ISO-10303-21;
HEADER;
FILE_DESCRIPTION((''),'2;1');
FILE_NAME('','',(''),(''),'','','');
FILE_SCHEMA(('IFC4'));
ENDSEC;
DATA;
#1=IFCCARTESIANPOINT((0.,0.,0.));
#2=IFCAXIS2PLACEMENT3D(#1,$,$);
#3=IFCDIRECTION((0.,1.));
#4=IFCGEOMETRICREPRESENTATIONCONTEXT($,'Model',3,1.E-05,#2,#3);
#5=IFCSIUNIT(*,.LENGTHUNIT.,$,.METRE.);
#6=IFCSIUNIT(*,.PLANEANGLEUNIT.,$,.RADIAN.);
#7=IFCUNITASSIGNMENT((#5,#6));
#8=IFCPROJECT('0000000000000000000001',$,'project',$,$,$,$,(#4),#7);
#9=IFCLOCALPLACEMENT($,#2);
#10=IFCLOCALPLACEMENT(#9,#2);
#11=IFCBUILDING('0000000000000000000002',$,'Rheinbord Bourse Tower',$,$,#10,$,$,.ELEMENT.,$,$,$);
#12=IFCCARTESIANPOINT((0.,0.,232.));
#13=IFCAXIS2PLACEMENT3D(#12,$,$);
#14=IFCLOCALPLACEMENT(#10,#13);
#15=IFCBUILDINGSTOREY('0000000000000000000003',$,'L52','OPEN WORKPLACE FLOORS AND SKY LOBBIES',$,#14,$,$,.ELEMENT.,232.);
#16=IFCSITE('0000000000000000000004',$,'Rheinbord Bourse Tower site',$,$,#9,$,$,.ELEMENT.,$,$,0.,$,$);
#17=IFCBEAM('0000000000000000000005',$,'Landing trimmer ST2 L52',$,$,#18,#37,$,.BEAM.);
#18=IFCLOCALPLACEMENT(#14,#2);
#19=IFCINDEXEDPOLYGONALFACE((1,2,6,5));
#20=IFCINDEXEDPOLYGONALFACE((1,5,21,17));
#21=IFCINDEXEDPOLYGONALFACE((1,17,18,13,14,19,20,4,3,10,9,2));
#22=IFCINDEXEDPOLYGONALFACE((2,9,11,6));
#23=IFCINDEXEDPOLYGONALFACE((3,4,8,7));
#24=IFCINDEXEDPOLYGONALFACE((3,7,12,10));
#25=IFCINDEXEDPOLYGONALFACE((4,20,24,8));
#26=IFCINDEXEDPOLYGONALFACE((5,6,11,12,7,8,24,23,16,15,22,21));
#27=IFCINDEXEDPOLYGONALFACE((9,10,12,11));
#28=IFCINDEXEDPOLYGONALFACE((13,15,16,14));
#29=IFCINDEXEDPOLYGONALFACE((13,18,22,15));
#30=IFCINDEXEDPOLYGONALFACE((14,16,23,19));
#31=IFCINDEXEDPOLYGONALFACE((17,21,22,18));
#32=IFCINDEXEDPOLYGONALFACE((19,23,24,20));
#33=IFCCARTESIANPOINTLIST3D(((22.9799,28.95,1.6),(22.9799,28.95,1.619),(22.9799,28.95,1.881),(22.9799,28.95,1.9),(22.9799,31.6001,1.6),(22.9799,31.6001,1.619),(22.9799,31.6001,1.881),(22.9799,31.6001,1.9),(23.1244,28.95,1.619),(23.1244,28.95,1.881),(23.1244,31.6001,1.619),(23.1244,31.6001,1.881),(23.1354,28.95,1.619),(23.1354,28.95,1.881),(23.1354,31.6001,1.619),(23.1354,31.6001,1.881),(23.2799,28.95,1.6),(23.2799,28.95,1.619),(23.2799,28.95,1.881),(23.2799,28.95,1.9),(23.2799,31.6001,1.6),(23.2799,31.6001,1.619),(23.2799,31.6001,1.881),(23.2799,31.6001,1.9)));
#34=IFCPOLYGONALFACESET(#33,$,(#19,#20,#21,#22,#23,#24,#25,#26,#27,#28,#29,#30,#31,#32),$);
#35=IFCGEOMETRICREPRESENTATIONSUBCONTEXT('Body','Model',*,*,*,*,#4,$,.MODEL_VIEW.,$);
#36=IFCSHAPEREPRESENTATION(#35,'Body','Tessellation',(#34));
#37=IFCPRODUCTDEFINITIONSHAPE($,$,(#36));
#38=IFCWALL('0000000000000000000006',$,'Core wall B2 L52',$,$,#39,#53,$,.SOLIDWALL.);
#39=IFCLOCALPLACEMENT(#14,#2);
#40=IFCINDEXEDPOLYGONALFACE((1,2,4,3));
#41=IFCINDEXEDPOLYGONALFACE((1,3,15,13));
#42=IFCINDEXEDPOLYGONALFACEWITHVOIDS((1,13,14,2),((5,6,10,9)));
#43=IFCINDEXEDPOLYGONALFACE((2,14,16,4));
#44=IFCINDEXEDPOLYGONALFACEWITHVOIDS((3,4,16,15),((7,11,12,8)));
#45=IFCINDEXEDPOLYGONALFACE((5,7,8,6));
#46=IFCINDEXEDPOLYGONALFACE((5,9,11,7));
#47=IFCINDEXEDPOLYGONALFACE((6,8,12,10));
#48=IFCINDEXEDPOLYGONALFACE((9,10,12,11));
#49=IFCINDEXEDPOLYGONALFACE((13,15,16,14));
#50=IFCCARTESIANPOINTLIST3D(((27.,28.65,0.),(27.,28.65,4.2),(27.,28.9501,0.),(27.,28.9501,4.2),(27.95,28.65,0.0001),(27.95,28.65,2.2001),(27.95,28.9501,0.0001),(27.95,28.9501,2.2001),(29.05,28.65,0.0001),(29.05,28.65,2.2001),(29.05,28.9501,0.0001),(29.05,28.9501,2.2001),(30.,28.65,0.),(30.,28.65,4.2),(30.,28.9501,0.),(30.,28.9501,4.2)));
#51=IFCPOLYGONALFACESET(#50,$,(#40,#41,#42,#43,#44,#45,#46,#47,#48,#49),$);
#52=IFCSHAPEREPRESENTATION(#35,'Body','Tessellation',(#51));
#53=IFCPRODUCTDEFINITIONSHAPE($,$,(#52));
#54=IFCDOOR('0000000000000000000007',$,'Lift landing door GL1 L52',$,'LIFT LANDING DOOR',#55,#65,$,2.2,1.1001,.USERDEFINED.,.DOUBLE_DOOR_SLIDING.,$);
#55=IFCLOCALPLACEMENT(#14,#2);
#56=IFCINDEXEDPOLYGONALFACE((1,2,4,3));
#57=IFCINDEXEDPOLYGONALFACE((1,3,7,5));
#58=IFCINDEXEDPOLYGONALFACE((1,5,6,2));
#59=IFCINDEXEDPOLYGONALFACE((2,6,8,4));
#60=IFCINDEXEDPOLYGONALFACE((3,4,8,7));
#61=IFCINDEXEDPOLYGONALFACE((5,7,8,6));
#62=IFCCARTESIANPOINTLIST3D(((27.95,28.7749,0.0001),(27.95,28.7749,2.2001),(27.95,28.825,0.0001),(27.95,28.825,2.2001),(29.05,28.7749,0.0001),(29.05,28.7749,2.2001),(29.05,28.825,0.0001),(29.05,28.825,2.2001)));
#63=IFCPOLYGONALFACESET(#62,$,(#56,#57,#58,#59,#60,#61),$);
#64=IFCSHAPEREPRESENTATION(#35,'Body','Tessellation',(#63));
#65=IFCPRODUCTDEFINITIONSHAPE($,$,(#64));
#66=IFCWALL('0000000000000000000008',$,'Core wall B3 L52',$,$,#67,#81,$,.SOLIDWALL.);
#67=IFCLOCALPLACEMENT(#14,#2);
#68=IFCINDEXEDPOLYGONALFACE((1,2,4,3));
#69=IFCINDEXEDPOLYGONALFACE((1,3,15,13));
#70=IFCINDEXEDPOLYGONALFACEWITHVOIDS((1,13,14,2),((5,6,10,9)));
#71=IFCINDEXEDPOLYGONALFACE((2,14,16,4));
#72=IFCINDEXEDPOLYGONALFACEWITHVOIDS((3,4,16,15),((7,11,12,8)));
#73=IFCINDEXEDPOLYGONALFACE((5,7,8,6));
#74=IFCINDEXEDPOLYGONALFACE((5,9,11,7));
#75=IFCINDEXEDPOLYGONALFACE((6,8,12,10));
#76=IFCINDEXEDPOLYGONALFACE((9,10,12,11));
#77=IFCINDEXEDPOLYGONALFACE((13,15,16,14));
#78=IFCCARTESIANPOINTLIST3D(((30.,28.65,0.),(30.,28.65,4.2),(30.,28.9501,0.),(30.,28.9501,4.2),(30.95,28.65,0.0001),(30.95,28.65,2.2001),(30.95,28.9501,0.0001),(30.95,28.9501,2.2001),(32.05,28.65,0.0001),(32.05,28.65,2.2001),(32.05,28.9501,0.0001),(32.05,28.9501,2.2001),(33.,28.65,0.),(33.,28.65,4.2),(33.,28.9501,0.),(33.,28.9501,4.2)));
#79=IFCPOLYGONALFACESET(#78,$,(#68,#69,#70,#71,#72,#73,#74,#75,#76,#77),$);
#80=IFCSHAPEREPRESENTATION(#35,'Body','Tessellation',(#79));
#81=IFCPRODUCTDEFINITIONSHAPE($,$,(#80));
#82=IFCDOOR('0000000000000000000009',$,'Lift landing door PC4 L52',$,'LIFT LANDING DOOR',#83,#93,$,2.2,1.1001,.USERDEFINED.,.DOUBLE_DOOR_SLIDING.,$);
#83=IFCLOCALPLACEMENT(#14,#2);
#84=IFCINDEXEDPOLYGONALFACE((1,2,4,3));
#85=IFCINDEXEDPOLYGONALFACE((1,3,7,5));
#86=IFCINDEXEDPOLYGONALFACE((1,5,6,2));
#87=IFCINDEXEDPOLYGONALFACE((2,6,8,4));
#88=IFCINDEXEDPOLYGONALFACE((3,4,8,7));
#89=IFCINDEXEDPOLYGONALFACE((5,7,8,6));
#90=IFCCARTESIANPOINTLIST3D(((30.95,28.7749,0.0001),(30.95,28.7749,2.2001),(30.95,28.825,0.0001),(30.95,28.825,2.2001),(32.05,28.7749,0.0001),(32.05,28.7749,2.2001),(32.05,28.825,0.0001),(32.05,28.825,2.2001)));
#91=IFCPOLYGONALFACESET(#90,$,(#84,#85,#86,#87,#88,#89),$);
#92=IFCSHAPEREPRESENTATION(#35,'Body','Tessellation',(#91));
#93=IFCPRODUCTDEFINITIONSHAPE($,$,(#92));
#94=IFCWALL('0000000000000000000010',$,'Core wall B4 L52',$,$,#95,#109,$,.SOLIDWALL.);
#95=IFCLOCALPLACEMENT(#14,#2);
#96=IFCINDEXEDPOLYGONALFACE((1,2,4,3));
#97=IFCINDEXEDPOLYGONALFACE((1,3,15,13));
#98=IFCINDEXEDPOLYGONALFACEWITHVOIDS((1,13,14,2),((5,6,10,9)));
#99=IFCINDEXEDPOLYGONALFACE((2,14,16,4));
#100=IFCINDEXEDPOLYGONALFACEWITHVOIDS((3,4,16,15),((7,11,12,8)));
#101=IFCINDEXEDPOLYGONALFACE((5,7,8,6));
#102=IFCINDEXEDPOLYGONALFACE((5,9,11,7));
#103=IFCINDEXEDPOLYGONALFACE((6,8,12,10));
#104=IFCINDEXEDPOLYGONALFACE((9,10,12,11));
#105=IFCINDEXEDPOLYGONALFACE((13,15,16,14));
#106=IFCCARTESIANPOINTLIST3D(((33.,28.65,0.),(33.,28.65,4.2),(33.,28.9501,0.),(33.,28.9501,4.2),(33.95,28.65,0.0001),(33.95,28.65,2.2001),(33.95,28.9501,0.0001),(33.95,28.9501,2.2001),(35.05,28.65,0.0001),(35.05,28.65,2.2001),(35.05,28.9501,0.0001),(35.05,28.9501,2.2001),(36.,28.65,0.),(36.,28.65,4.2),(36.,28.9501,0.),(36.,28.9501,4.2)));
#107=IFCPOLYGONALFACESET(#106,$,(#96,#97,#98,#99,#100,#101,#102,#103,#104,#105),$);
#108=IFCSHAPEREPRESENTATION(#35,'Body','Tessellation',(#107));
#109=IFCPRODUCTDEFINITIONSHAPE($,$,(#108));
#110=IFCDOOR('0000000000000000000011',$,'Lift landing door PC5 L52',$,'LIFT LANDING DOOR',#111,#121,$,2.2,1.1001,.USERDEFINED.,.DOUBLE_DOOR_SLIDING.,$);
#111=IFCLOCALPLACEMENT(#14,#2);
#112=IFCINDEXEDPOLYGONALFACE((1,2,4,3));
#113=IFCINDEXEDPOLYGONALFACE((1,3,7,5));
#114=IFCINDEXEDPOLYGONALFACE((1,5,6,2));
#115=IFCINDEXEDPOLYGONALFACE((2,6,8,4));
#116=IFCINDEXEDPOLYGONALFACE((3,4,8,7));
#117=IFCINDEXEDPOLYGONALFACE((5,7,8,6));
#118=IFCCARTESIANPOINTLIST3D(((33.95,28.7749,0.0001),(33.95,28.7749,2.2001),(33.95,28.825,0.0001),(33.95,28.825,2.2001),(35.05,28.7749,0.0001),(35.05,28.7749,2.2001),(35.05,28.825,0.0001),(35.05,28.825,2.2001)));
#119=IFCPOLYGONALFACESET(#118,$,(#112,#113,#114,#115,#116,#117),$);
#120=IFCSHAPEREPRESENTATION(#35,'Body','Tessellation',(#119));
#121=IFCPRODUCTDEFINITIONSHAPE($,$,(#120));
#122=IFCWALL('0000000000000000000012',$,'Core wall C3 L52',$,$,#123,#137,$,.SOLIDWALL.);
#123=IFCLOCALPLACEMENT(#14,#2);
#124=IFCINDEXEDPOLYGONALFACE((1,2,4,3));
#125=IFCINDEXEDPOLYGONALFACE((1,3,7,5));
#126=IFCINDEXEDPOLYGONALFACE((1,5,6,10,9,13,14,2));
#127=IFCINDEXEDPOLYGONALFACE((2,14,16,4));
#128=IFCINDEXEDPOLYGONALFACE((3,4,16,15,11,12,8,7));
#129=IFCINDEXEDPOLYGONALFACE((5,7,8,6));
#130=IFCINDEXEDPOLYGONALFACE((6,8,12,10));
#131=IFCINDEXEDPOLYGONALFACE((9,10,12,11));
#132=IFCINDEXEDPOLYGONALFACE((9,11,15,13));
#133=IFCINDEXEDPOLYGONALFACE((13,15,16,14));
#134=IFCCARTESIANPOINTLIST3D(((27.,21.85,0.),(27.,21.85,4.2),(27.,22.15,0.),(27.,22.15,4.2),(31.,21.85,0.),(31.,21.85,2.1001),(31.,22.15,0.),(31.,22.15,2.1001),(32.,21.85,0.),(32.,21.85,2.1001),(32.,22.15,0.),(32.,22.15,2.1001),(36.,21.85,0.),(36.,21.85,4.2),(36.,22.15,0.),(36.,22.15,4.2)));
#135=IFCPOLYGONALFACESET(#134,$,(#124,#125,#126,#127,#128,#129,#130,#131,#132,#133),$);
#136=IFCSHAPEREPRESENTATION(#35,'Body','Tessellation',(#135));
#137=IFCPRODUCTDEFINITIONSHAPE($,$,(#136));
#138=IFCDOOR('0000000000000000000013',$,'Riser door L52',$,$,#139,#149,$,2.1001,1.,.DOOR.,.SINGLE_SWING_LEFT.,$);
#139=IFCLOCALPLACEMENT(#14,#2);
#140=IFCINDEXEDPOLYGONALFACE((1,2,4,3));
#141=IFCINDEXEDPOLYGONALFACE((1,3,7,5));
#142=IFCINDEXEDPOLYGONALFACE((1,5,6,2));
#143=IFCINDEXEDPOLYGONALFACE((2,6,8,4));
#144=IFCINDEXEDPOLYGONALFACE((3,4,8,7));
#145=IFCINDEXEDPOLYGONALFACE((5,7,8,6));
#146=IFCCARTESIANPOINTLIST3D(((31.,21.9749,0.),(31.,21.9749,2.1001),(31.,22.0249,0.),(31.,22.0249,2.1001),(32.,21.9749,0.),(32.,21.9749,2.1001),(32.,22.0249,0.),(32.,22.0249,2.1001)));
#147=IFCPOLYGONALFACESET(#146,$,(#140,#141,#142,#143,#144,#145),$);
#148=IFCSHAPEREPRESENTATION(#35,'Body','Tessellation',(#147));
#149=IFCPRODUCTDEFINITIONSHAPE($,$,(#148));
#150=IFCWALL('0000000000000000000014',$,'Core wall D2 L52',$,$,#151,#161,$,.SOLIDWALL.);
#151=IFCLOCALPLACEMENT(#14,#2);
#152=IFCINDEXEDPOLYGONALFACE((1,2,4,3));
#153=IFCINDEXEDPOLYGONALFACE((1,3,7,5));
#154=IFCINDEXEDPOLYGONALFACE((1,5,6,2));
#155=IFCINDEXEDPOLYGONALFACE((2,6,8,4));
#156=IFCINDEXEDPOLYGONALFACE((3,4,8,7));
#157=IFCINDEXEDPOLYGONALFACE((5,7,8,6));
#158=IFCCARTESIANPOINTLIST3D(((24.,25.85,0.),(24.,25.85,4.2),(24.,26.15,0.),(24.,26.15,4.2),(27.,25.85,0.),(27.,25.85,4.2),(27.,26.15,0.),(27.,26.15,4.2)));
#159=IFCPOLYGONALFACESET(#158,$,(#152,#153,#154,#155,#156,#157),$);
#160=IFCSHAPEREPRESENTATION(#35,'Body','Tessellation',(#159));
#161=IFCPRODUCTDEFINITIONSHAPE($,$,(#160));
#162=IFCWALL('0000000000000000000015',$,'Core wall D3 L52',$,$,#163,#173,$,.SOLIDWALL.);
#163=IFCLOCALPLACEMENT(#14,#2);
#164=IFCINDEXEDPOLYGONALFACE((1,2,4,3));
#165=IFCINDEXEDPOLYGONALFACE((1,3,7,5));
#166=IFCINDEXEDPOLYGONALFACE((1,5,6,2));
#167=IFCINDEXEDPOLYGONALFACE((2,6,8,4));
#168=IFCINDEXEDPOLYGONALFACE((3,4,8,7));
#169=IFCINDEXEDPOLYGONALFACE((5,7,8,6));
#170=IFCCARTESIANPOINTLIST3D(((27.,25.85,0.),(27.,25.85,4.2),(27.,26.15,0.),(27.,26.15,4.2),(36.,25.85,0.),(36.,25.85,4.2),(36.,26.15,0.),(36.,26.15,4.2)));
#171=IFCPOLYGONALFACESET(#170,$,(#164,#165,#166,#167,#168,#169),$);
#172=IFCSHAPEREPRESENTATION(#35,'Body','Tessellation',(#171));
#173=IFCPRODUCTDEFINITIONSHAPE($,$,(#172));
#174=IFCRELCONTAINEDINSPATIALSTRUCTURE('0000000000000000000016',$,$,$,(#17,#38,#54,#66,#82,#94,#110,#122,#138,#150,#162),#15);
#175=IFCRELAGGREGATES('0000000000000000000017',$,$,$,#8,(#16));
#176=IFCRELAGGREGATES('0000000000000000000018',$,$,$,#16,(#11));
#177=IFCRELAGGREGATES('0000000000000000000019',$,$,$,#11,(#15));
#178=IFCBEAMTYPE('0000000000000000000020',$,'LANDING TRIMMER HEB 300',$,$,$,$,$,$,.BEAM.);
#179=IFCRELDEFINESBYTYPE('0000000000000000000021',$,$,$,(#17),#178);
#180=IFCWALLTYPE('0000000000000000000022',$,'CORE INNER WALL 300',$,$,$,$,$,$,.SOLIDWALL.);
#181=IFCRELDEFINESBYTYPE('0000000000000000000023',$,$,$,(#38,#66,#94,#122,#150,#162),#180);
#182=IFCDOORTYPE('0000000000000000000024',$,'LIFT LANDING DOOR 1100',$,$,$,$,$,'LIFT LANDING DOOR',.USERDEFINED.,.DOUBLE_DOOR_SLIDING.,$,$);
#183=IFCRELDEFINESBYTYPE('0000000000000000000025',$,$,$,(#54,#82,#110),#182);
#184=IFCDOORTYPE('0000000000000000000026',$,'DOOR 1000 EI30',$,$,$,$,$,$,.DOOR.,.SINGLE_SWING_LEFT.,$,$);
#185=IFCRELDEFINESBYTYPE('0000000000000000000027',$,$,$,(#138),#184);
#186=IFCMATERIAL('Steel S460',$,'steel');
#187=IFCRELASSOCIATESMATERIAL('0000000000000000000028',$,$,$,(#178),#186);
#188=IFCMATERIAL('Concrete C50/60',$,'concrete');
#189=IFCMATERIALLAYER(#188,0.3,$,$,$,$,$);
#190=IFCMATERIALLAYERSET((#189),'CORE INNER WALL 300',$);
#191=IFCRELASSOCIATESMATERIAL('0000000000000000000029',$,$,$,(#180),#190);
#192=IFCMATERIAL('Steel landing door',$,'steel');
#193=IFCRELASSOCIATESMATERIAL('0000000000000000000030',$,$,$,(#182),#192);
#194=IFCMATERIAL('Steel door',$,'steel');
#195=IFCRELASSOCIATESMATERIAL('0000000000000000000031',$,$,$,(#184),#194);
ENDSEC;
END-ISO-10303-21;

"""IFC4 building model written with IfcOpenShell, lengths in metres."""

from ifc_helpers import new_model, si_unit, direction, frame, frame_2d, origin, origin_2d, place, context, subcontext, project, spatial, rectangle, i_section, extrude, material, layer, layer_set, material_profile, profile_set, type_object, element, fill, save


model = new_model("IFC4")

# Units and contexts
model_context = context("Model", 3, precision=1e-05, world=origin(), true_north=direction((0.0, 1.0)))
body_context = subcontext(model_context, "Body", "Model", "MODEL_VIEW")
ifc_project = project(units=[si_unit("LENGTHUNIT", "METRE"), si_unit("PLANEANGLEUNIT", "RADIAN")], contexts=[model_context])

# Site, building, storey
site_placement = place(None, origin())
site = spatial("IfcSite", under=ifc_project, at=site_placement, Name="Rheinbord Bourse Tower site", CompositionType="ELEMENT", RefElevation=0.0)
building_placement = place(site_placement, origin())
building = spatial("IfcBuilding", under=site, at=building_placement, Name="Rheinbord Bourse Tower", CompositionType="ELEMENT")
storey_placement = place(building_placement, frame((0.0, 0.0, 232.0)))
storey = spatial("IfcBuildingStorey", under=building, at=storey_placement, Name="L52", Description="OPEN WORKPLACE FLOORS AND SKY LOBBIES", CompositionType="ELEMENT", Elevation=232.0)

# Beam
ifc_material_1 = material(Name="Steel S460", Category="steel")
ifc_material_profile = material_profile(ifc_material_1, i_section(OverallWidth=0.3, OverallDepth=0.3, WebThickness=0.011, FlangeThickness=0.019, at=origin_2d()), Name="HEB 300")
ifc_profile_set = profile_set([ifc_material_profile], Name="Steel S460")
beam_type = type_object("IfcBeamType", Name="LANDING TRIMMER HEB 300", PredefinedType="BEAM", material=ifc_profile_set)
beam_placement = place(storey_placement, frame((23.1299, 28.95, 1.75), z_axis=(0.0, 1.0, 0.0), x_axis=(-1.0, 0.0, 0.0)))
element("IfcBeam", 1, at=beam_placement, inside=storey, type_object=beam_type, Name="Landing trimmer ST2 L52", PredefinedType="BEAM", context=body_context, shape_type="SweptSolid", body=[
    extrude(i_section(OverallWidth=0.3, OverallDepth=0.3, WebThickness=0.011, FlangeThickness=0.019, at=origin_2d()), origin(), (0.0, 0.0, 1.0), 2.6501),
])

# Walls, openings, doors
ifc_material_2 = material(Name="Concrete C50/60", Category="concrete")
ifc_layer_1 = layer(ifc_material_2, 0.3)
ifc_layer_set_1 = layer_set([ifc_layer_1], Name="CORE INNER WALL 300")
wall_type_1 = type_object("IfcWallType", Name="CORE INNER WALL 300", PredefinedType="SOLIDWALL", material=ifc_layer_set_1)
wall_1_placement = place(storey_placement, frame((27.0, 28.8, 0.0), z_axis=(0.0, 0.0, 1.0), x_axis=(1.0, 0.0, 0.0)))
wall_1 = element("IfcWall", 2, at=wall_1_placement, inside=storey, type_object=wall_type_1, Name="Core wall B2 L52", PredefinedType="SOLIDWALL", context=body_context, shape_type="SweptSolid", body=[
    extrude(rectangle(XDim=3.0, YDim=0.3, at=frame_2d((1.5, 0.0))), origin(), (0.0, 0.0, 1.0), 4.2),
])
opening_1_placement = place(wall_1_placement, frame((0.95, 0.0, 0.0)))
opening_1 = element("IfcOpeningElement", 3, at=opening_1_placement, cuts=wall_1, PredefinedType="OPENING", context=body_context, shape_type="SweptSolid", body=[
    extrude(rectangle(XDim=1.1001, YDim=2.2, at=frame_2d((0.55, 1.1001))), frame((0.0, 0.1599, 0.0), z_axis=(0.0, -1.0, 0.0), x_axis=(1.0, 0.0, 0.0)), (0.0, 0.0, 1.0), 0.3201),
])
ifc_material_3 = material(Name="Steel landing door", Category="steel")
door_type_1 = type_object("IfcDoorType", Name="LIFT LANDING DOOR 1100", ElementType="LIFT LANDING DOOR", OperationType="DOUBLE_DOOR_SLIDING", PredefinedType="USERDEFINED", material=ifc_material_3)
door_1_placement = place(opening_1_placement, origin())
door_1 = element("IfcDoor", 4, at=door_1_placement, inside=storey, type_object=door_type_1, Name="Lift landing door GL1 L52", ObjectType="LIFT LANDING DOOR", OperationType="DOUBLE_DOOR_SLIDING", OverallHeight=2.2, OverallWidth=1.1001, PredefinedType="USERDEFINED", context=body_context, shape_type="SweptSolid", body=[
    extrude(rectangle(XDim=1.1001, YDim=2.2, at=frame_2d((0.55, 1.1001))), frame((0.0, 0.0249, 0.0), z_axis=(0.0, -1.0, 0.0), x_axis=(1.0, 0.0, 0.0)), (0.0, 0.0, 1.0), 0.05),
])
fill(opening_1, door_1)
wall_2_placement = place(storey_placement, frame((30.0, 28.8, 0.0), z_axis=(0.0, 0.0, 1.0), x_axis=(1.0, 0.0, 0.0)))
wall_2 = element("IfcWall", 5, at=wall_2_placement, inside=storey, type_object=wall_type_1, Name="Core wall B3 L52", PredefinedType="SOLIDWALL", context=body_context, shape_type="SweptSolid", body=[
    extrude(rectangle(XDim=3.0, YDim=0.3, at=frame_2d((1.5, 0.0))), origin(), (0.0, 0.0, 1.0), 4.2),
])
opening_2_placement = place(wall_2_placement, frame((0.95, 0.0, 0.0)))
opening_2 = element("IfcOpeningElement", 6, at=opening_2_placement, cuts=wall_2, PredefinedType="OPENING", context=body_context, shape_type="SweptSolid", body=[
    extrude(rectangle(XDim=1.1001, YDim=2.2, at=frame_2d((0.55, 1.1001))), frame((0.0, 0.1599, 0.0), z_axis=(0.0, -1.0, 0.0), x_axis=(1.0, 0.0, 0.0)), (0.0, 0.0, 1.0), 0.3201),
])
door_2_placement = place(opening_2_placement, origin())
door_2 = element("IfcDoor", 7, at=door_2_placement, inside=storey, type_object=door_type_1, Name="Lift landing door PC4 L52", ObjectType="LIFT LANDING DOOR", OperationType="DOUBLE_DOOR_SLIDING", OverallHeight=2.2, OverallWidth=1.1001, PredefinedType="USERDEFINED", context=body_context, shape_type="SweptSolid", body=[
    extrude(rectangle(XDim=1.1001, YDim=2.2, at=frame_2d((0.55, 1.1001))), frame((0.0, 0.0249, 0.0), z_axis=(0.0, -1.0, 0.0), x_axis=(1.0, 0.0, 0.0)), (0.0, 0.0, 1.0), 0.05),
])
fill(opening_2, door_2)
wall_3_placement = place(storey_placement, frame((33.0, 28.8, 0.0), z_axis=(0.0, 0.0, 1.0), x_axis=(1.0, 0.0, 0.0)))
wall_3 = element("IfcWall", 8, at=wall_3_placement, inside=storey, type_object=wall_type_1, Name="Core wall B4 L52", PredefinedType="SOLIDWALL", context=body_context, shape_type="SweptSolid", body=[
    extrude(rectangle(XDim=3.0, YDim=0.3, at=frame_2d((1.5, 0.0))), origin(), (0.0, 0.0, 1.0), 4.2),
])
opening_3_placement = place(wall_3_placement, frame((0.95, 0.0, 0.0)))
opening_3 = element("IfcOpeningElement", 9, at=opening_3_placement, cuts=wall_3, PredefinedType="OPENING", context=body_context, shape_type="SweptSolid", body=[
    extrude(rectangle(XDim=1.1001, YDim=2.2, at=frame_2d((0.55, 1.1001))), frame((0.0, 0.1599, 0.0), z_axis=(0.0, -1.0, 0.0), x_axis=(1.0, 0.0, 0.0)), (0.0, 0.0, 1.0), 0.3201),
])
door_3_placement = place(opening_3_placement, origin())
door_3 = element("IfcDoor", 10, at=door_3_placement, inside=storey, type_object=door_type_1, Name="Lift landing door PC5 L52", ObjectType="LIFT LANDING DOOR", OperationType="DOUBLE_DOOR_SLIDING", OverallHeight=2.2, OverallWidth=1.1001, PredefinedType="USERDEFINED", context=body_context, shape_type="SweptSolid", body=[
    extrude(rectangle(XDim=1.1001, YDim=2.2, at=frame_2d((0.55, 1.1001))), frame((0.0, 0.0249, 0.0), z_axis=(0.0, -1.0, 0.0), x_axis=(1.0, 0.0, 0.0)), (0.0, 0.0, 1.0), 0.05),
])
fill(opening_3, door_3)
wall_4_placement = place(storey_placement, frame((27.0, 22.0, 0.0), z_axis=(0.0, 0.0, 1.0), x_axis=(1.0, 0.0, 0.0)))
wall_4 = element("IfcWall", 11, at=wall_4_placement, inside=storey, type_object=wall_type_1, Name="Core wall C3 L52", PredefinedType="SOLIDWALL", context=body_context, shape_type="SweptSolid", body=[
    extrude(rectangle(XDim=9.0, YDim=0.3, at=frame_2d((4.5, 0.0))), origin(), (0.0, 0.0, 1.0), 4.2),
])
opening_4_placement = place(wall_4_placement, frame((4.0, 0.0, 0.0)))
opening_4 = element("IfcOpeningElement", 12, at=opening_4_placement, cuts=wall_4, PredefinedType="OPENING", context=body_context, shape_type="SweptSolid", body=[
    extrude(rectangle(XDim=1.0, YDim=2.1001, at=frame_2d((0.5, 1.05))), frame((0.0, 0.1599, 0.0), z_axis=(0.0, -1.0, 0.0), x_axis=(1.0, 0.0, 0.0)), (0.0, 0.0, 1.0), 0.3201),
])
ifc_material_4 = material(Name="Steel door", Category="steel")
door_type_2 = type_object("IfcDoorType", Name="DOOR 1000 EI30", OperationType="SINGLE_SWING_LEFT", PredefinedType="DOOR", material=ifc_material_4)
door_4_placement = place(opening_4_placement, origin())
door_4 = element("IfcDoor", 13, at=door_4_placement, inside=storey, type_object=door_type_2, Name="Riser door L52", OperationType="SINGLE_SWING_LEFT", OverallHeight=2.1001, OverallWidth=1.0, PredefinedType="DOOR", context=body_context, shape_type="SweptSolid", body=[
    extrude(rectangle(XDim=1.0, YDim=2.1001, at=frame_2d((0.5, 1.05))), frame((0.0, 0.0249, 0.0), z_axis=(0.0, -1.0, 0.0), x_axis=(1.0, 0.0, 0.0)), (0.0, 0.0, 1.0), 0.05),
])
fill(opening_4, door_4)

# Walls
wall_5_placement = place(storey_placement, frame((24.0, 26.0, 0.0), z_axis=(0.0, 0.0, 1.0), x_axis=(1.0, 0.0, 0.0)))
element("IfcWall", 14, at=wall_5_placement, inside=storey, type_object=wall_type_1, Name="Core wall D2 L52", PredefinedType="SOLIDWALL", context=body_context, shape_type="SweptSolid", body=[
    extrude(rectangle(XDim=3.0, YDim=0.3, at=frame_2d((1.5, 0.0))), origin(), (0.0, 0.0, 1.0), 4.2),
])
wall_6_placement = place(storey_placement, frame((27.0, 26.0, 0.0), z_axis=(0.0, 0.0, 1.0), x_axis=(1.0, 0.0, 0.0)))
element("IfcWall", 15, at=wall_6_placement, inside=storey, type_object=wall_type_1, Name="Core wall D3 L52", PredefinedType="SOLIDWALL", context=body_context, shape_type="SweptSolid", body=[
    extrude(rectangle(XDim=9.0, YDim=0.3, at=frame_2d((4.5, 0.0))), origin(), (0.0, 0.0, 1.0), 4.2),
])

save(model, "model.ifc")
